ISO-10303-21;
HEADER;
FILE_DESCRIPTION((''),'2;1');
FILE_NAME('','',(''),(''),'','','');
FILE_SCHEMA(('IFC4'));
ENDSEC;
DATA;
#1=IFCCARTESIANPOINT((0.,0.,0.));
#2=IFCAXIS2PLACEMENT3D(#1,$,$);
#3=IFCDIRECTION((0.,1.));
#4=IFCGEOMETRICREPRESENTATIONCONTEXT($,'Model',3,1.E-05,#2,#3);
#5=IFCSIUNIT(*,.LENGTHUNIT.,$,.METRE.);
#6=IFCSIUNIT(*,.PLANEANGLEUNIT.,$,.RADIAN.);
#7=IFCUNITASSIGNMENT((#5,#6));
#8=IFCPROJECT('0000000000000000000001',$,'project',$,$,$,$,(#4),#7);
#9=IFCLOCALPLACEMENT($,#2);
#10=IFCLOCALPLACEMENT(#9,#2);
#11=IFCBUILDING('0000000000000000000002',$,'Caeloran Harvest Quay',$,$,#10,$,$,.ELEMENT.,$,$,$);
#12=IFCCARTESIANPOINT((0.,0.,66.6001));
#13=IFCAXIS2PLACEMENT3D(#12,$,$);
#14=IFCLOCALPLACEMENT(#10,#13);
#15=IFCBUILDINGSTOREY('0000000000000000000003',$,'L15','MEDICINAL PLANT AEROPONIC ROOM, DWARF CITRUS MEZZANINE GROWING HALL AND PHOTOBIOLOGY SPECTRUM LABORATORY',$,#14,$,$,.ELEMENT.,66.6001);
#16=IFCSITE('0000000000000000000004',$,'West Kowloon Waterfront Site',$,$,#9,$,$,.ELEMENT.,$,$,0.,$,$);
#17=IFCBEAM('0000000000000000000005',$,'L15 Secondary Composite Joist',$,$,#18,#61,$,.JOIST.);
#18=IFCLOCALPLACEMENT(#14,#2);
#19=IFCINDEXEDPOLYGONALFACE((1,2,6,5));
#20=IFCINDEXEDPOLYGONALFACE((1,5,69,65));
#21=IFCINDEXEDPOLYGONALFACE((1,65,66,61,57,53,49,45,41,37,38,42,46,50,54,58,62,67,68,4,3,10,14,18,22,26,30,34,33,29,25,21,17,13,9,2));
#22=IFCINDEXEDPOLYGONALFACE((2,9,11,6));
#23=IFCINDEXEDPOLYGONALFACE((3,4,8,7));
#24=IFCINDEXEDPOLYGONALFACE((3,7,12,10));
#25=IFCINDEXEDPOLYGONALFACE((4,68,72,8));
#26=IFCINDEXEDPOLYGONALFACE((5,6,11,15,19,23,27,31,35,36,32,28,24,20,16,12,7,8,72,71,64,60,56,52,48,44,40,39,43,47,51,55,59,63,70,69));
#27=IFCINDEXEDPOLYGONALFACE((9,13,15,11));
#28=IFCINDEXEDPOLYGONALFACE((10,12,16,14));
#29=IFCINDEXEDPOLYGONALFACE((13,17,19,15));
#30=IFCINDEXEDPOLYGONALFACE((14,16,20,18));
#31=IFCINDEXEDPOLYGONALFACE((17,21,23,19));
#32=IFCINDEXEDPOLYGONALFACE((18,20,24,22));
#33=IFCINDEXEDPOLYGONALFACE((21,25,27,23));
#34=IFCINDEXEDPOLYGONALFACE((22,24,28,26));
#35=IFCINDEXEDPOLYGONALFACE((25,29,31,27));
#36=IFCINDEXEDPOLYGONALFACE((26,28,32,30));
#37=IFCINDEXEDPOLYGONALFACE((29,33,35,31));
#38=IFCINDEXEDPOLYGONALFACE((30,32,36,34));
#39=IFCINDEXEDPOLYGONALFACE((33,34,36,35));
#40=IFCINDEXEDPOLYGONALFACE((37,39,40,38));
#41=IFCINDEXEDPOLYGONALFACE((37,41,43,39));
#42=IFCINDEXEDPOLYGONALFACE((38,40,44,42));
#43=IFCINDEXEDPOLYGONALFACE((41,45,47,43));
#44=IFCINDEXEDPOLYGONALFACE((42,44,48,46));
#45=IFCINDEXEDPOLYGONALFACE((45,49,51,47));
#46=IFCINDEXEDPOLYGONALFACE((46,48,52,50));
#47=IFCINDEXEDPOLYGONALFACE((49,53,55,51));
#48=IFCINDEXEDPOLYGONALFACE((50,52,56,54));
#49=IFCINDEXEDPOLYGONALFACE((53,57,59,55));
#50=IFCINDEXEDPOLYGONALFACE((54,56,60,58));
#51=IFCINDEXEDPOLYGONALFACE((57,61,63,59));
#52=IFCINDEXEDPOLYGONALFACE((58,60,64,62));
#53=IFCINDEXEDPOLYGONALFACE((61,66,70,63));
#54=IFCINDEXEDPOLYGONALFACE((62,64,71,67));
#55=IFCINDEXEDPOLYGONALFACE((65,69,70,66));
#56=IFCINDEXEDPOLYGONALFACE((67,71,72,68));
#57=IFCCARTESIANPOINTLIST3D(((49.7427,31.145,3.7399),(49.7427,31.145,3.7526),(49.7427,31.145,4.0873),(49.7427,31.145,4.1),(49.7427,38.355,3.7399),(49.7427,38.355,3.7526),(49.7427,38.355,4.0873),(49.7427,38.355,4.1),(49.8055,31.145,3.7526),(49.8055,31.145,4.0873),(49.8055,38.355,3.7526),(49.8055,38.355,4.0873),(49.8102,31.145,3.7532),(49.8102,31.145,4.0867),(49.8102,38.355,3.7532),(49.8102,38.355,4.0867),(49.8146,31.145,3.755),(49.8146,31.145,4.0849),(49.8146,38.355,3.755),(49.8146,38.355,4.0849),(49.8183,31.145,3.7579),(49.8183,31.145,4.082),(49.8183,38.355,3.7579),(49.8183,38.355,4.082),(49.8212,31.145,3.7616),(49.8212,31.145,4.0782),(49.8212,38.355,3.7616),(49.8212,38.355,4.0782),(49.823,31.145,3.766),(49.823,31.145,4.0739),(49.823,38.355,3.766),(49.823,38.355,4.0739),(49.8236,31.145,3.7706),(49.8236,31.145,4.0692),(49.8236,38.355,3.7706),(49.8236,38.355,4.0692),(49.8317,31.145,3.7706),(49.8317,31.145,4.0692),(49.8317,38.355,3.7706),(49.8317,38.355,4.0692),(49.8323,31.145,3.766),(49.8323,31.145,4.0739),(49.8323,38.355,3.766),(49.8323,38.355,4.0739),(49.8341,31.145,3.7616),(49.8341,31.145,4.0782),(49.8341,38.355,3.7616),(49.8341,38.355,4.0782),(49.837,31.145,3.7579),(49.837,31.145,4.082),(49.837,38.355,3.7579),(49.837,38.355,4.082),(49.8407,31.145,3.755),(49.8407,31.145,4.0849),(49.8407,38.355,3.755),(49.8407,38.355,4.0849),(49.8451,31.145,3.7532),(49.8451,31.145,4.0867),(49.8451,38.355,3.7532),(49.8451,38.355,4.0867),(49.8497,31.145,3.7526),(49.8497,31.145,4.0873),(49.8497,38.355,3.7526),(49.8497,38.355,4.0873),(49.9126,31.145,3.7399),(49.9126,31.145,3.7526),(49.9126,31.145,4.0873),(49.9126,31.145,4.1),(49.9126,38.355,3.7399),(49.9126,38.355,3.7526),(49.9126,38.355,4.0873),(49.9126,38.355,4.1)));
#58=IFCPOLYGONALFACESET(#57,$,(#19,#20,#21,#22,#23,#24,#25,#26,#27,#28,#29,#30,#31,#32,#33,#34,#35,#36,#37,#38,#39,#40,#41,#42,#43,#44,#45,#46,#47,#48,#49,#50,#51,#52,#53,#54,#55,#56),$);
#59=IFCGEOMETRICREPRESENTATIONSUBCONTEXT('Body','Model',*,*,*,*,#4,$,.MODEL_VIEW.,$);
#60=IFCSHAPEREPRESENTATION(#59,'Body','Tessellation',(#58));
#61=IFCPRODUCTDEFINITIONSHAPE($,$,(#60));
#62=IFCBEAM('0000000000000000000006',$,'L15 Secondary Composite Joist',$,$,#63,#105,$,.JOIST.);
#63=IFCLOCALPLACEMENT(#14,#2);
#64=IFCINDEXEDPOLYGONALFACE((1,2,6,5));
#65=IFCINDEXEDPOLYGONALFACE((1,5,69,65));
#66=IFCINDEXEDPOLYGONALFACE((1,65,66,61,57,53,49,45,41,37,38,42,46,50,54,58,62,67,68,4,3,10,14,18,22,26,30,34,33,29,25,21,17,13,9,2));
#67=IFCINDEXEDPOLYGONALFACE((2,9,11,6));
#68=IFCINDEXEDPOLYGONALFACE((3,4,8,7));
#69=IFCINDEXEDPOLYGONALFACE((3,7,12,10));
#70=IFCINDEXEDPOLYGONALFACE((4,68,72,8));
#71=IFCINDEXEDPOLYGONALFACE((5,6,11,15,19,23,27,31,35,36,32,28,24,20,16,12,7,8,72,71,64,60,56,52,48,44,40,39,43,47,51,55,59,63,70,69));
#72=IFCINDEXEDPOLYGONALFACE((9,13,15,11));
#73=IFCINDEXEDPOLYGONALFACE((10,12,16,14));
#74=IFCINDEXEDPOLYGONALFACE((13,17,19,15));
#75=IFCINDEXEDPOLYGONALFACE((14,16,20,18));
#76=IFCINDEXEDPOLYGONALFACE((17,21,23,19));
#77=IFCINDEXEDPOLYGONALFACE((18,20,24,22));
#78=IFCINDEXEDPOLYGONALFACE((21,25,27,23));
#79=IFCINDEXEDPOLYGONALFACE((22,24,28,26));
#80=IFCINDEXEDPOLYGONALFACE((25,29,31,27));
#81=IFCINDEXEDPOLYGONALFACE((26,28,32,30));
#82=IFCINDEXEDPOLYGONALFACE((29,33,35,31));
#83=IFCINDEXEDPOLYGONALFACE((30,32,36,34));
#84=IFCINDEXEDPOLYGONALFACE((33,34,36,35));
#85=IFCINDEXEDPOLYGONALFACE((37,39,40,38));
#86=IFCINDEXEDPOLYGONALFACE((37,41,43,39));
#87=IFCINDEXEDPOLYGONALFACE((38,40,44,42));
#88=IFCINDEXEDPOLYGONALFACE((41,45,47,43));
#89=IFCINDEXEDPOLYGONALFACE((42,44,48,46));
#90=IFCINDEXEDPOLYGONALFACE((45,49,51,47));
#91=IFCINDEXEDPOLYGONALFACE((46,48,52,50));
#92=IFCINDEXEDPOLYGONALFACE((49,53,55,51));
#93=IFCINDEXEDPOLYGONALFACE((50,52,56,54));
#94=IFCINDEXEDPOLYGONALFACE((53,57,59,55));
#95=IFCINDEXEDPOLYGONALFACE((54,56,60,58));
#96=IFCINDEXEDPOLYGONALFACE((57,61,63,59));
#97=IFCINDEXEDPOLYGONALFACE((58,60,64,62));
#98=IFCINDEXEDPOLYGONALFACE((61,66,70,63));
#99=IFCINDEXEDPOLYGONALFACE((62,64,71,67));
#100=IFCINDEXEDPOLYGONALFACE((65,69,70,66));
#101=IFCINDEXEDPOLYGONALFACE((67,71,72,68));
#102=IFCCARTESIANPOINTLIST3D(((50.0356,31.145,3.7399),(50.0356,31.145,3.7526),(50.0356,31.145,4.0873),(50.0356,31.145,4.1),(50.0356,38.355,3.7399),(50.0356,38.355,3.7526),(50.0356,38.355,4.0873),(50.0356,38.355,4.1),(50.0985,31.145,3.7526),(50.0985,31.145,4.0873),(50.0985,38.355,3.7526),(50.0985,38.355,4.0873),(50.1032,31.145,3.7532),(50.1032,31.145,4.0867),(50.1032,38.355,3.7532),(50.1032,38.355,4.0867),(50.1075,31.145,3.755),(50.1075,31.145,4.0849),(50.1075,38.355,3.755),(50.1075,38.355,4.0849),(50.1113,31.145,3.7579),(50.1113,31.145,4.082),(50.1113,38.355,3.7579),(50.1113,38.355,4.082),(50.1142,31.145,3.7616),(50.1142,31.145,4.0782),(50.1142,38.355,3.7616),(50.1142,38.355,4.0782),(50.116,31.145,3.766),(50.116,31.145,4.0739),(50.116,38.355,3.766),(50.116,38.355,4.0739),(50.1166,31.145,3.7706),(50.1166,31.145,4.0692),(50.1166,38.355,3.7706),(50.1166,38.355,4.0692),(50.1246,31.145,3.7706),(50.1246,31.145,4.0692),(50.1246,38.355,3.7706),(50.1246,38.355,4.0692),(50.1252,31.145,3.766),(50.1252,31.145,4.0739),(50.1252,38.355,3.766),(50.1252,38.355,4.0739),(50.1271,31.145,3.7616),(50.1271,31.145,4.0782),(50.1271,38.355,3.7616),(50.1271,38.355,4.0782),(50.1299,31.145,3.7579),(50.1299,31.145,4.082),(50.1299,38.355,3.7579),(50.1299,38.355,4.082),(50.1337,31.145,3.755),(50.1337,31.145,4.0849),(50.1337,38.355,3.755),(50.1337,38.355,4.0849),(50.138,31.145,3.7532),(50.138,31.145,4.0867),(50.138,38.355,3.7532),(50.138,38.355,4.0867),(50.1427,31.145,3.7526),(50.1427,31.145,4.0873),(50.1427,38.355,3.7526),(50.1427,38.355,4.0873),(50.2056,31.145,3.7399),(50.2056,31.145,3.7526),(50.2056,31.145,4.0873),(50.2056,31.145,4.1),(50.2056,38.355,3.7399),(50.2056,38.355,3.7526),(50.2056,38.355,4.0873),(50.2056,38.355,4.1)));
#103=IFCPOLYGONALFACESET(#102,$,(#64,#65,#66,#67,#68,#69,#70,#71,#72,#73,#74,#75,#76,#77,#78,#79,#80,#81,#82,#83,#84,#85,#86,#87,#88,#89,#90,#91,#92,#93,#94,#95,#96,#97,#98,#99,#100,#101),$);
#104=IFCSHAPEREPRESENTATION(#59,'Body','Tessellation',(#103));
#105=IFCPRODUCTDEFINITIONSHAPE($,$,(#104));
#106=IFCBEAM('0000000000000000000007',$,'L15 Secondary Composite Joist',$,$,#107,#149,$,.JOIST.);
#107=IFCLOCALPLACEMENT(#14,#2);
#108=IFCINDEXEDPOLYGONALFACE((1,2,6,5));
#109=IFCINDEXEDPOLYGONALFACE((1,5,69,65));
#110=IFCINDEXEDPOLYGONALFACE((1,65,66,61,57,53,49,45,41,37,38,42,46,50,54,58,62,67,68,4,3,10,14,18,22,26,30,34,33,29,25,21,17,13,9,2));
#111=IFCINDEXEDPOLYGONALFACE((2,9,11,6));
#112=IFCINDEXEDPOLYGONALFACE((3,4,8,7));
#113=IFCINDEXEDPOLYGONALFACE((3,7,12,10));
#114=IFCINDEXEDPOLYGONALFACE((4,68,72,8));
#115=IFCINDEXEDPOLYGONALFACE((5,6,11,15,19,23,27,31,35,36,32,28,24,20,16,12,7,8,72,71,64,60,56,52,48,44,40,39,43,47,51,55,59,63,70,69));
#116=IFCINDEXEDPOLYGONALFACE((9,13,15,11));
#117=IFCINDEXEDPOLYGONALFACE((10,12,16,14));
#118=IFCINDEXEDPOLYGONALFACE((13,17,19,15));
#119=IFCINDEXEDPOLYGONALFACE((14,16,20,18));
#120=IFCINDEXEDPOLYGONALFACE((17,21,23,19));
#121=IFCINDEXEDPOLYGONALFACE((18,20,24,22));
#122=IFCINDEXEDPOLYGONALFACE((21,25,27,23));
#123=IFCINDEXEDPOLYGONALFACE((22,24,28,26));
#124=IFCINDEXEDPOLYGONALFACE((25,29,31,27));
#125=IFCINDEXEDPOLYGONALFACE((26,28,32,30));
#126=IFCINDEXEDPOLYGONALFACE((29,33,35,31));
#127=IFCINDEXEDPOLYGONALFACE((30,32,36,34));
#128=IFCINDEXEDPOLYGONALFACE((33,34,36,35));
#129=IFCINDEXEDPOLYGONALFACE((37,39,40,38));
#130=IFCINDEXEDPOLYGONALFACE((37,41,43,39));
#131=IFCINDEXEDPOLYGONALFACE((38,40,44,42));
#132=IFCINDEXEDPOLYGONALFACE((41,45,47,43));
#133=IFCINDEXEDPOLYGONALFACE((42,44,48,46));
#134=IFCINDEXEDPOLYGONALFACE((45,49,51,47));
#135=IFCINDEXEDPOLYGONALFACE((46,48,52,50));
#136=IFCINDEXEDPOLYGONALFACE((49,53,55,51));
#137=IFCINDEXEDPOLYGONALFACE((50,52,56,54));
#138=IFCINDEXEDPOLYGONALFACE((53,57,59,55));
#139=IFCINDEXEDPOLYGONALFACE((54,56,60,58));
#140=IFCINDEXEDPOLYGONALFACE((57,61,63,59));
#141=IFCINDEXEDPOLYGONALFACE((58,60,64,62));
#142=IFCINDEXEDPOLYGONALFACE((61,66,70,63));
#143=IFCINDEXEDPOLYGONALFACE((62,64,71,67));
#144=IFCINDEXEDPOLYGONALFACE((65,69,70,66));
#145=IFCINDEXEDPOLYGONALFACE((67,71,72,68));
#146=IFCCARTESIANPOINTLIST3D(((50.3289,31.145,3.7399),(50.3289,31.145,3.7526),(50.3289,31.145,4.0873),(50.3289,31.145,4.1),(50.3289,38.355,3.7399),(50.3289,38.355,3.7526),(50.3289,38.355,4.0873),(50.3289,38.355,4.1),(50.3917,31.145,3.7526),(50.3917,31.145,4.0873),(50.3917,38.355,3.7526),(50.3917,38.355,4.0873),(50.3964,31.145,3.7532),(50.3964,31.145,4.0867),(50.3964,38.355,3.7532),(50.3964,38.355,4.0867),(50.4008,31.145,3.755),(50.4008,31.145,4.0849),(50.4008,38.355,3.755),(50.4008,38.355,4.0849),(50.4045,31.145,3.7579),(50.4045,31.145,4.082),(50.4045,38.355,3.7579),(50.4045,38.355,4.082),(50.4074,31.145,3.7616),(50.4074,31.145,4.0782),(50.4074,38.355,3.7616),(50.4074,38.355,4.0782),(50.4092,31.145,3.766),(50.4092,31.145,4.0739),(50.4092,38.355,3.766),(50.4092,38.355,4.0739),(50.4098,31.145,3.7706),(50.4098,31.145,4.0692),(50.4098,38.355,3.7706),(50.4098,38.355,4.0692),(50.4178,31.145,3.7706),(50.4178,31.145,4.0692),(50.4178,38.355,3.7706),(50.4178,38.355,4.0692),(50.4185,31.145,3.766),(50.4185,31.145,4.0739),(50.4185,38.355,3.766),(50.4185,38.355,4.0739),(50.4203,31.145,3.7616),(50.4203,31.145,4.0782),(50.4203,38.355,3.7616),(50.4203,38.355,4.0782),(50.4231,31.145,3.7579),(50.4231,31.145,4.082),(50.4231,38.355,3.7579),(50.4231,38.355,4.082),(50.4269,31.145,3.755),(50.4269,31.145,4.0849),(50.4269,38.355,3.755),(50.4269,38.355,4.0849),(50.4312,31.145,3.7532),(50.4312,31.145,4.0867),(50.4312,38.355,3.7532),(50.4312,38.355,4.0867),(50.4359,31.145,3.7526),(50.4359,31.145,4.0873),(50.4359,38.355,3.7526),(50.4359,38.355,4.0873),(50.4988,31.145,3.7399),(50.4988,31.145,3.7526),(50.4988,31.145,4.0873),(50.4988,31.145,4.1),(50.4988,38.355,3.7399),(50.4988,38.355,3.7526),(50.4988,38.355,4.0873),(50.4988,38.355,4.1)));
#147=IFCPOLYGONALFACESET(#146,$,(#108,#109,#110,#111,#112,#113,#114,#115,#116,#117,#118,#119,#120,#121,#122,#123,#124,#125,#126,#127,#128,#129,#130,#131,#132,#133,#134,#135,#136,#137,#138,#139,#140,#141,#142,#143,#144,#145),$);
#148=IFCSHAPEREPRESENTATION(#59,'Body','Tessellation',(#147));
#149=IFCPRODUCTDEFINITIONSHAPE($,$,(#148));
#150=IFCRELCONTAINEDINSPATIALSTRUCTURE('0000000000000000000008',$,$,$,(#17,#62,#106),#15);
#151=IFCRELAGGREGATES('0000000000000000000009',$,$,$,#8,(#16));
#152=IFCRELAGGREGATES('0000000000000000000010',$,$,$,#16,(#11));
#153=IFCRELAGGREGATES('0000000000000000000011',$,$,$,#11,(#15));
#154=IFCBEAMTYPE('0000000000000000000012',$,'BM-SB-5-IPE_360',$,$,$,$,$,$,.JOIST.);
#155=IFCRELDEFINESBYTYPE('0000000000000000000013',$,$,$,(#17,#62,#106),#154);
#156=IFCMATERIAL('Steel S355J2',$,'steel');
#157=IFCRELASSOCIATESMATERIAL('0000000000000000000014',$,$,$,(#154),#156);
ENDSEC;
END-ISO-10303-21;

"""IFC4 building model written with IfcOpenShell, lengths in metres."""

from ifc_helpers import new_model, si_unit, direction, frame, origin, origin_2d, place, context, subcontext, project, spatial, i_section, extrude, material, material_profile, profile_set, type_object, element, save


model = new_model("IFC4")

# Units and contexts
model_context = context("Model", 3, precision=1e-05, world=origin(), true_north=direction((0.0, 1.0)))
body_context = subcontext(model_context, "Body", "Model", "MODEL_VIEW")
ifc_project = project(units=[si_unit("LENGTHUNIT", "METRE"), si_unit("PLANEANGLEUNIT", "RADIAN")], contexts=[model_context])

# Site, building, storey
site_placement = place(None, origin())
site = spatial("IfcSite", under=ifc_project, at=site_placement, Name="West Kowloon Waterfront Site", CompositionType="ELEMENT", RefElevation=0.0)
building_placement = place(site_placement, origin())
building = spatial("IfcBuilding", under=site, at=building_placement, Name="Caeloran Harvest Quay", CompositionType="ELEMENT")
storey_placement = place(building_placement, frame((0.0, 0.0, 66.6001)))
storey = spatial("IfcBuildingStorey", under=building, at=storey_placement, Name="L15", Description="MEDICINAL PLANT AEROPONIC ROOM, DWARF CITRUS MEZZANINE GROWING HALL AND PHOTOBIOLOGY SPECTRUM LABORATORY", CompositionType="ELEMENT", Elevation=66.6001)

# Beams
ifc_material_1 = material(Name="Steel S355J2", Category="steel")
ifc_material_profile_1 = material_profile(ifc_material_1, i_section(OverallWidth=0.1699, OverallDepth=0.3601, WebThickness=0.0081, FlangeThickness=0.0127, FilletRadius=0.0181, at=origin_2d()), Name="IPE 360")
ifc_profile_set_1 = profile_set([ifc_material_profile_1], Name="Steel S355J2")
beam_type_1 = type_object("IfcBeamType", Name="BM-SB-5-IPE_360", PredefinedType="JOIST", material=ifc_profile_set_1)
for number, where, z_axis, x_axis, name in (
    (1, (49.8276, 31.145, 3.9199), (0.0, 1.0, 0.0), (-1.0, 0.0, 0.0), "L15 Secondary Composite Joist"),
    (2, (50.1206, 31.145, 3.9199), (0.0, 1.0, 0.0), (-1.0, 0.0, 0.0), "L15 Secondary Composite Joist"),
    (3, (50.4138, 31.145, 3.9199), (0.0, 1.0, 0.0), (-1.0, 0.0, 0.0), "L15 Secondary Composite Joist"),
):
    element("IfcBeam", number, at=place(storey_placement, frame(where, z_axis=z_axis, x_axis=x_axis)), inside=storey, type_object=beam_type_1, Name=name, PredefinedType="JOIST", context=body_context, shape_type="SweptSolid", body=[
        extrude(i_section(OverallWidth=0.1699, OverallDepth=0.3601, WebThickness=0.0081, FlangeThickness=0.0127, FilletRadius=0.0181, at=origin_2d()), origin(), (0.0, 0.0, 1.0), 7.21),
    ])

save(model, "model.ifc")
